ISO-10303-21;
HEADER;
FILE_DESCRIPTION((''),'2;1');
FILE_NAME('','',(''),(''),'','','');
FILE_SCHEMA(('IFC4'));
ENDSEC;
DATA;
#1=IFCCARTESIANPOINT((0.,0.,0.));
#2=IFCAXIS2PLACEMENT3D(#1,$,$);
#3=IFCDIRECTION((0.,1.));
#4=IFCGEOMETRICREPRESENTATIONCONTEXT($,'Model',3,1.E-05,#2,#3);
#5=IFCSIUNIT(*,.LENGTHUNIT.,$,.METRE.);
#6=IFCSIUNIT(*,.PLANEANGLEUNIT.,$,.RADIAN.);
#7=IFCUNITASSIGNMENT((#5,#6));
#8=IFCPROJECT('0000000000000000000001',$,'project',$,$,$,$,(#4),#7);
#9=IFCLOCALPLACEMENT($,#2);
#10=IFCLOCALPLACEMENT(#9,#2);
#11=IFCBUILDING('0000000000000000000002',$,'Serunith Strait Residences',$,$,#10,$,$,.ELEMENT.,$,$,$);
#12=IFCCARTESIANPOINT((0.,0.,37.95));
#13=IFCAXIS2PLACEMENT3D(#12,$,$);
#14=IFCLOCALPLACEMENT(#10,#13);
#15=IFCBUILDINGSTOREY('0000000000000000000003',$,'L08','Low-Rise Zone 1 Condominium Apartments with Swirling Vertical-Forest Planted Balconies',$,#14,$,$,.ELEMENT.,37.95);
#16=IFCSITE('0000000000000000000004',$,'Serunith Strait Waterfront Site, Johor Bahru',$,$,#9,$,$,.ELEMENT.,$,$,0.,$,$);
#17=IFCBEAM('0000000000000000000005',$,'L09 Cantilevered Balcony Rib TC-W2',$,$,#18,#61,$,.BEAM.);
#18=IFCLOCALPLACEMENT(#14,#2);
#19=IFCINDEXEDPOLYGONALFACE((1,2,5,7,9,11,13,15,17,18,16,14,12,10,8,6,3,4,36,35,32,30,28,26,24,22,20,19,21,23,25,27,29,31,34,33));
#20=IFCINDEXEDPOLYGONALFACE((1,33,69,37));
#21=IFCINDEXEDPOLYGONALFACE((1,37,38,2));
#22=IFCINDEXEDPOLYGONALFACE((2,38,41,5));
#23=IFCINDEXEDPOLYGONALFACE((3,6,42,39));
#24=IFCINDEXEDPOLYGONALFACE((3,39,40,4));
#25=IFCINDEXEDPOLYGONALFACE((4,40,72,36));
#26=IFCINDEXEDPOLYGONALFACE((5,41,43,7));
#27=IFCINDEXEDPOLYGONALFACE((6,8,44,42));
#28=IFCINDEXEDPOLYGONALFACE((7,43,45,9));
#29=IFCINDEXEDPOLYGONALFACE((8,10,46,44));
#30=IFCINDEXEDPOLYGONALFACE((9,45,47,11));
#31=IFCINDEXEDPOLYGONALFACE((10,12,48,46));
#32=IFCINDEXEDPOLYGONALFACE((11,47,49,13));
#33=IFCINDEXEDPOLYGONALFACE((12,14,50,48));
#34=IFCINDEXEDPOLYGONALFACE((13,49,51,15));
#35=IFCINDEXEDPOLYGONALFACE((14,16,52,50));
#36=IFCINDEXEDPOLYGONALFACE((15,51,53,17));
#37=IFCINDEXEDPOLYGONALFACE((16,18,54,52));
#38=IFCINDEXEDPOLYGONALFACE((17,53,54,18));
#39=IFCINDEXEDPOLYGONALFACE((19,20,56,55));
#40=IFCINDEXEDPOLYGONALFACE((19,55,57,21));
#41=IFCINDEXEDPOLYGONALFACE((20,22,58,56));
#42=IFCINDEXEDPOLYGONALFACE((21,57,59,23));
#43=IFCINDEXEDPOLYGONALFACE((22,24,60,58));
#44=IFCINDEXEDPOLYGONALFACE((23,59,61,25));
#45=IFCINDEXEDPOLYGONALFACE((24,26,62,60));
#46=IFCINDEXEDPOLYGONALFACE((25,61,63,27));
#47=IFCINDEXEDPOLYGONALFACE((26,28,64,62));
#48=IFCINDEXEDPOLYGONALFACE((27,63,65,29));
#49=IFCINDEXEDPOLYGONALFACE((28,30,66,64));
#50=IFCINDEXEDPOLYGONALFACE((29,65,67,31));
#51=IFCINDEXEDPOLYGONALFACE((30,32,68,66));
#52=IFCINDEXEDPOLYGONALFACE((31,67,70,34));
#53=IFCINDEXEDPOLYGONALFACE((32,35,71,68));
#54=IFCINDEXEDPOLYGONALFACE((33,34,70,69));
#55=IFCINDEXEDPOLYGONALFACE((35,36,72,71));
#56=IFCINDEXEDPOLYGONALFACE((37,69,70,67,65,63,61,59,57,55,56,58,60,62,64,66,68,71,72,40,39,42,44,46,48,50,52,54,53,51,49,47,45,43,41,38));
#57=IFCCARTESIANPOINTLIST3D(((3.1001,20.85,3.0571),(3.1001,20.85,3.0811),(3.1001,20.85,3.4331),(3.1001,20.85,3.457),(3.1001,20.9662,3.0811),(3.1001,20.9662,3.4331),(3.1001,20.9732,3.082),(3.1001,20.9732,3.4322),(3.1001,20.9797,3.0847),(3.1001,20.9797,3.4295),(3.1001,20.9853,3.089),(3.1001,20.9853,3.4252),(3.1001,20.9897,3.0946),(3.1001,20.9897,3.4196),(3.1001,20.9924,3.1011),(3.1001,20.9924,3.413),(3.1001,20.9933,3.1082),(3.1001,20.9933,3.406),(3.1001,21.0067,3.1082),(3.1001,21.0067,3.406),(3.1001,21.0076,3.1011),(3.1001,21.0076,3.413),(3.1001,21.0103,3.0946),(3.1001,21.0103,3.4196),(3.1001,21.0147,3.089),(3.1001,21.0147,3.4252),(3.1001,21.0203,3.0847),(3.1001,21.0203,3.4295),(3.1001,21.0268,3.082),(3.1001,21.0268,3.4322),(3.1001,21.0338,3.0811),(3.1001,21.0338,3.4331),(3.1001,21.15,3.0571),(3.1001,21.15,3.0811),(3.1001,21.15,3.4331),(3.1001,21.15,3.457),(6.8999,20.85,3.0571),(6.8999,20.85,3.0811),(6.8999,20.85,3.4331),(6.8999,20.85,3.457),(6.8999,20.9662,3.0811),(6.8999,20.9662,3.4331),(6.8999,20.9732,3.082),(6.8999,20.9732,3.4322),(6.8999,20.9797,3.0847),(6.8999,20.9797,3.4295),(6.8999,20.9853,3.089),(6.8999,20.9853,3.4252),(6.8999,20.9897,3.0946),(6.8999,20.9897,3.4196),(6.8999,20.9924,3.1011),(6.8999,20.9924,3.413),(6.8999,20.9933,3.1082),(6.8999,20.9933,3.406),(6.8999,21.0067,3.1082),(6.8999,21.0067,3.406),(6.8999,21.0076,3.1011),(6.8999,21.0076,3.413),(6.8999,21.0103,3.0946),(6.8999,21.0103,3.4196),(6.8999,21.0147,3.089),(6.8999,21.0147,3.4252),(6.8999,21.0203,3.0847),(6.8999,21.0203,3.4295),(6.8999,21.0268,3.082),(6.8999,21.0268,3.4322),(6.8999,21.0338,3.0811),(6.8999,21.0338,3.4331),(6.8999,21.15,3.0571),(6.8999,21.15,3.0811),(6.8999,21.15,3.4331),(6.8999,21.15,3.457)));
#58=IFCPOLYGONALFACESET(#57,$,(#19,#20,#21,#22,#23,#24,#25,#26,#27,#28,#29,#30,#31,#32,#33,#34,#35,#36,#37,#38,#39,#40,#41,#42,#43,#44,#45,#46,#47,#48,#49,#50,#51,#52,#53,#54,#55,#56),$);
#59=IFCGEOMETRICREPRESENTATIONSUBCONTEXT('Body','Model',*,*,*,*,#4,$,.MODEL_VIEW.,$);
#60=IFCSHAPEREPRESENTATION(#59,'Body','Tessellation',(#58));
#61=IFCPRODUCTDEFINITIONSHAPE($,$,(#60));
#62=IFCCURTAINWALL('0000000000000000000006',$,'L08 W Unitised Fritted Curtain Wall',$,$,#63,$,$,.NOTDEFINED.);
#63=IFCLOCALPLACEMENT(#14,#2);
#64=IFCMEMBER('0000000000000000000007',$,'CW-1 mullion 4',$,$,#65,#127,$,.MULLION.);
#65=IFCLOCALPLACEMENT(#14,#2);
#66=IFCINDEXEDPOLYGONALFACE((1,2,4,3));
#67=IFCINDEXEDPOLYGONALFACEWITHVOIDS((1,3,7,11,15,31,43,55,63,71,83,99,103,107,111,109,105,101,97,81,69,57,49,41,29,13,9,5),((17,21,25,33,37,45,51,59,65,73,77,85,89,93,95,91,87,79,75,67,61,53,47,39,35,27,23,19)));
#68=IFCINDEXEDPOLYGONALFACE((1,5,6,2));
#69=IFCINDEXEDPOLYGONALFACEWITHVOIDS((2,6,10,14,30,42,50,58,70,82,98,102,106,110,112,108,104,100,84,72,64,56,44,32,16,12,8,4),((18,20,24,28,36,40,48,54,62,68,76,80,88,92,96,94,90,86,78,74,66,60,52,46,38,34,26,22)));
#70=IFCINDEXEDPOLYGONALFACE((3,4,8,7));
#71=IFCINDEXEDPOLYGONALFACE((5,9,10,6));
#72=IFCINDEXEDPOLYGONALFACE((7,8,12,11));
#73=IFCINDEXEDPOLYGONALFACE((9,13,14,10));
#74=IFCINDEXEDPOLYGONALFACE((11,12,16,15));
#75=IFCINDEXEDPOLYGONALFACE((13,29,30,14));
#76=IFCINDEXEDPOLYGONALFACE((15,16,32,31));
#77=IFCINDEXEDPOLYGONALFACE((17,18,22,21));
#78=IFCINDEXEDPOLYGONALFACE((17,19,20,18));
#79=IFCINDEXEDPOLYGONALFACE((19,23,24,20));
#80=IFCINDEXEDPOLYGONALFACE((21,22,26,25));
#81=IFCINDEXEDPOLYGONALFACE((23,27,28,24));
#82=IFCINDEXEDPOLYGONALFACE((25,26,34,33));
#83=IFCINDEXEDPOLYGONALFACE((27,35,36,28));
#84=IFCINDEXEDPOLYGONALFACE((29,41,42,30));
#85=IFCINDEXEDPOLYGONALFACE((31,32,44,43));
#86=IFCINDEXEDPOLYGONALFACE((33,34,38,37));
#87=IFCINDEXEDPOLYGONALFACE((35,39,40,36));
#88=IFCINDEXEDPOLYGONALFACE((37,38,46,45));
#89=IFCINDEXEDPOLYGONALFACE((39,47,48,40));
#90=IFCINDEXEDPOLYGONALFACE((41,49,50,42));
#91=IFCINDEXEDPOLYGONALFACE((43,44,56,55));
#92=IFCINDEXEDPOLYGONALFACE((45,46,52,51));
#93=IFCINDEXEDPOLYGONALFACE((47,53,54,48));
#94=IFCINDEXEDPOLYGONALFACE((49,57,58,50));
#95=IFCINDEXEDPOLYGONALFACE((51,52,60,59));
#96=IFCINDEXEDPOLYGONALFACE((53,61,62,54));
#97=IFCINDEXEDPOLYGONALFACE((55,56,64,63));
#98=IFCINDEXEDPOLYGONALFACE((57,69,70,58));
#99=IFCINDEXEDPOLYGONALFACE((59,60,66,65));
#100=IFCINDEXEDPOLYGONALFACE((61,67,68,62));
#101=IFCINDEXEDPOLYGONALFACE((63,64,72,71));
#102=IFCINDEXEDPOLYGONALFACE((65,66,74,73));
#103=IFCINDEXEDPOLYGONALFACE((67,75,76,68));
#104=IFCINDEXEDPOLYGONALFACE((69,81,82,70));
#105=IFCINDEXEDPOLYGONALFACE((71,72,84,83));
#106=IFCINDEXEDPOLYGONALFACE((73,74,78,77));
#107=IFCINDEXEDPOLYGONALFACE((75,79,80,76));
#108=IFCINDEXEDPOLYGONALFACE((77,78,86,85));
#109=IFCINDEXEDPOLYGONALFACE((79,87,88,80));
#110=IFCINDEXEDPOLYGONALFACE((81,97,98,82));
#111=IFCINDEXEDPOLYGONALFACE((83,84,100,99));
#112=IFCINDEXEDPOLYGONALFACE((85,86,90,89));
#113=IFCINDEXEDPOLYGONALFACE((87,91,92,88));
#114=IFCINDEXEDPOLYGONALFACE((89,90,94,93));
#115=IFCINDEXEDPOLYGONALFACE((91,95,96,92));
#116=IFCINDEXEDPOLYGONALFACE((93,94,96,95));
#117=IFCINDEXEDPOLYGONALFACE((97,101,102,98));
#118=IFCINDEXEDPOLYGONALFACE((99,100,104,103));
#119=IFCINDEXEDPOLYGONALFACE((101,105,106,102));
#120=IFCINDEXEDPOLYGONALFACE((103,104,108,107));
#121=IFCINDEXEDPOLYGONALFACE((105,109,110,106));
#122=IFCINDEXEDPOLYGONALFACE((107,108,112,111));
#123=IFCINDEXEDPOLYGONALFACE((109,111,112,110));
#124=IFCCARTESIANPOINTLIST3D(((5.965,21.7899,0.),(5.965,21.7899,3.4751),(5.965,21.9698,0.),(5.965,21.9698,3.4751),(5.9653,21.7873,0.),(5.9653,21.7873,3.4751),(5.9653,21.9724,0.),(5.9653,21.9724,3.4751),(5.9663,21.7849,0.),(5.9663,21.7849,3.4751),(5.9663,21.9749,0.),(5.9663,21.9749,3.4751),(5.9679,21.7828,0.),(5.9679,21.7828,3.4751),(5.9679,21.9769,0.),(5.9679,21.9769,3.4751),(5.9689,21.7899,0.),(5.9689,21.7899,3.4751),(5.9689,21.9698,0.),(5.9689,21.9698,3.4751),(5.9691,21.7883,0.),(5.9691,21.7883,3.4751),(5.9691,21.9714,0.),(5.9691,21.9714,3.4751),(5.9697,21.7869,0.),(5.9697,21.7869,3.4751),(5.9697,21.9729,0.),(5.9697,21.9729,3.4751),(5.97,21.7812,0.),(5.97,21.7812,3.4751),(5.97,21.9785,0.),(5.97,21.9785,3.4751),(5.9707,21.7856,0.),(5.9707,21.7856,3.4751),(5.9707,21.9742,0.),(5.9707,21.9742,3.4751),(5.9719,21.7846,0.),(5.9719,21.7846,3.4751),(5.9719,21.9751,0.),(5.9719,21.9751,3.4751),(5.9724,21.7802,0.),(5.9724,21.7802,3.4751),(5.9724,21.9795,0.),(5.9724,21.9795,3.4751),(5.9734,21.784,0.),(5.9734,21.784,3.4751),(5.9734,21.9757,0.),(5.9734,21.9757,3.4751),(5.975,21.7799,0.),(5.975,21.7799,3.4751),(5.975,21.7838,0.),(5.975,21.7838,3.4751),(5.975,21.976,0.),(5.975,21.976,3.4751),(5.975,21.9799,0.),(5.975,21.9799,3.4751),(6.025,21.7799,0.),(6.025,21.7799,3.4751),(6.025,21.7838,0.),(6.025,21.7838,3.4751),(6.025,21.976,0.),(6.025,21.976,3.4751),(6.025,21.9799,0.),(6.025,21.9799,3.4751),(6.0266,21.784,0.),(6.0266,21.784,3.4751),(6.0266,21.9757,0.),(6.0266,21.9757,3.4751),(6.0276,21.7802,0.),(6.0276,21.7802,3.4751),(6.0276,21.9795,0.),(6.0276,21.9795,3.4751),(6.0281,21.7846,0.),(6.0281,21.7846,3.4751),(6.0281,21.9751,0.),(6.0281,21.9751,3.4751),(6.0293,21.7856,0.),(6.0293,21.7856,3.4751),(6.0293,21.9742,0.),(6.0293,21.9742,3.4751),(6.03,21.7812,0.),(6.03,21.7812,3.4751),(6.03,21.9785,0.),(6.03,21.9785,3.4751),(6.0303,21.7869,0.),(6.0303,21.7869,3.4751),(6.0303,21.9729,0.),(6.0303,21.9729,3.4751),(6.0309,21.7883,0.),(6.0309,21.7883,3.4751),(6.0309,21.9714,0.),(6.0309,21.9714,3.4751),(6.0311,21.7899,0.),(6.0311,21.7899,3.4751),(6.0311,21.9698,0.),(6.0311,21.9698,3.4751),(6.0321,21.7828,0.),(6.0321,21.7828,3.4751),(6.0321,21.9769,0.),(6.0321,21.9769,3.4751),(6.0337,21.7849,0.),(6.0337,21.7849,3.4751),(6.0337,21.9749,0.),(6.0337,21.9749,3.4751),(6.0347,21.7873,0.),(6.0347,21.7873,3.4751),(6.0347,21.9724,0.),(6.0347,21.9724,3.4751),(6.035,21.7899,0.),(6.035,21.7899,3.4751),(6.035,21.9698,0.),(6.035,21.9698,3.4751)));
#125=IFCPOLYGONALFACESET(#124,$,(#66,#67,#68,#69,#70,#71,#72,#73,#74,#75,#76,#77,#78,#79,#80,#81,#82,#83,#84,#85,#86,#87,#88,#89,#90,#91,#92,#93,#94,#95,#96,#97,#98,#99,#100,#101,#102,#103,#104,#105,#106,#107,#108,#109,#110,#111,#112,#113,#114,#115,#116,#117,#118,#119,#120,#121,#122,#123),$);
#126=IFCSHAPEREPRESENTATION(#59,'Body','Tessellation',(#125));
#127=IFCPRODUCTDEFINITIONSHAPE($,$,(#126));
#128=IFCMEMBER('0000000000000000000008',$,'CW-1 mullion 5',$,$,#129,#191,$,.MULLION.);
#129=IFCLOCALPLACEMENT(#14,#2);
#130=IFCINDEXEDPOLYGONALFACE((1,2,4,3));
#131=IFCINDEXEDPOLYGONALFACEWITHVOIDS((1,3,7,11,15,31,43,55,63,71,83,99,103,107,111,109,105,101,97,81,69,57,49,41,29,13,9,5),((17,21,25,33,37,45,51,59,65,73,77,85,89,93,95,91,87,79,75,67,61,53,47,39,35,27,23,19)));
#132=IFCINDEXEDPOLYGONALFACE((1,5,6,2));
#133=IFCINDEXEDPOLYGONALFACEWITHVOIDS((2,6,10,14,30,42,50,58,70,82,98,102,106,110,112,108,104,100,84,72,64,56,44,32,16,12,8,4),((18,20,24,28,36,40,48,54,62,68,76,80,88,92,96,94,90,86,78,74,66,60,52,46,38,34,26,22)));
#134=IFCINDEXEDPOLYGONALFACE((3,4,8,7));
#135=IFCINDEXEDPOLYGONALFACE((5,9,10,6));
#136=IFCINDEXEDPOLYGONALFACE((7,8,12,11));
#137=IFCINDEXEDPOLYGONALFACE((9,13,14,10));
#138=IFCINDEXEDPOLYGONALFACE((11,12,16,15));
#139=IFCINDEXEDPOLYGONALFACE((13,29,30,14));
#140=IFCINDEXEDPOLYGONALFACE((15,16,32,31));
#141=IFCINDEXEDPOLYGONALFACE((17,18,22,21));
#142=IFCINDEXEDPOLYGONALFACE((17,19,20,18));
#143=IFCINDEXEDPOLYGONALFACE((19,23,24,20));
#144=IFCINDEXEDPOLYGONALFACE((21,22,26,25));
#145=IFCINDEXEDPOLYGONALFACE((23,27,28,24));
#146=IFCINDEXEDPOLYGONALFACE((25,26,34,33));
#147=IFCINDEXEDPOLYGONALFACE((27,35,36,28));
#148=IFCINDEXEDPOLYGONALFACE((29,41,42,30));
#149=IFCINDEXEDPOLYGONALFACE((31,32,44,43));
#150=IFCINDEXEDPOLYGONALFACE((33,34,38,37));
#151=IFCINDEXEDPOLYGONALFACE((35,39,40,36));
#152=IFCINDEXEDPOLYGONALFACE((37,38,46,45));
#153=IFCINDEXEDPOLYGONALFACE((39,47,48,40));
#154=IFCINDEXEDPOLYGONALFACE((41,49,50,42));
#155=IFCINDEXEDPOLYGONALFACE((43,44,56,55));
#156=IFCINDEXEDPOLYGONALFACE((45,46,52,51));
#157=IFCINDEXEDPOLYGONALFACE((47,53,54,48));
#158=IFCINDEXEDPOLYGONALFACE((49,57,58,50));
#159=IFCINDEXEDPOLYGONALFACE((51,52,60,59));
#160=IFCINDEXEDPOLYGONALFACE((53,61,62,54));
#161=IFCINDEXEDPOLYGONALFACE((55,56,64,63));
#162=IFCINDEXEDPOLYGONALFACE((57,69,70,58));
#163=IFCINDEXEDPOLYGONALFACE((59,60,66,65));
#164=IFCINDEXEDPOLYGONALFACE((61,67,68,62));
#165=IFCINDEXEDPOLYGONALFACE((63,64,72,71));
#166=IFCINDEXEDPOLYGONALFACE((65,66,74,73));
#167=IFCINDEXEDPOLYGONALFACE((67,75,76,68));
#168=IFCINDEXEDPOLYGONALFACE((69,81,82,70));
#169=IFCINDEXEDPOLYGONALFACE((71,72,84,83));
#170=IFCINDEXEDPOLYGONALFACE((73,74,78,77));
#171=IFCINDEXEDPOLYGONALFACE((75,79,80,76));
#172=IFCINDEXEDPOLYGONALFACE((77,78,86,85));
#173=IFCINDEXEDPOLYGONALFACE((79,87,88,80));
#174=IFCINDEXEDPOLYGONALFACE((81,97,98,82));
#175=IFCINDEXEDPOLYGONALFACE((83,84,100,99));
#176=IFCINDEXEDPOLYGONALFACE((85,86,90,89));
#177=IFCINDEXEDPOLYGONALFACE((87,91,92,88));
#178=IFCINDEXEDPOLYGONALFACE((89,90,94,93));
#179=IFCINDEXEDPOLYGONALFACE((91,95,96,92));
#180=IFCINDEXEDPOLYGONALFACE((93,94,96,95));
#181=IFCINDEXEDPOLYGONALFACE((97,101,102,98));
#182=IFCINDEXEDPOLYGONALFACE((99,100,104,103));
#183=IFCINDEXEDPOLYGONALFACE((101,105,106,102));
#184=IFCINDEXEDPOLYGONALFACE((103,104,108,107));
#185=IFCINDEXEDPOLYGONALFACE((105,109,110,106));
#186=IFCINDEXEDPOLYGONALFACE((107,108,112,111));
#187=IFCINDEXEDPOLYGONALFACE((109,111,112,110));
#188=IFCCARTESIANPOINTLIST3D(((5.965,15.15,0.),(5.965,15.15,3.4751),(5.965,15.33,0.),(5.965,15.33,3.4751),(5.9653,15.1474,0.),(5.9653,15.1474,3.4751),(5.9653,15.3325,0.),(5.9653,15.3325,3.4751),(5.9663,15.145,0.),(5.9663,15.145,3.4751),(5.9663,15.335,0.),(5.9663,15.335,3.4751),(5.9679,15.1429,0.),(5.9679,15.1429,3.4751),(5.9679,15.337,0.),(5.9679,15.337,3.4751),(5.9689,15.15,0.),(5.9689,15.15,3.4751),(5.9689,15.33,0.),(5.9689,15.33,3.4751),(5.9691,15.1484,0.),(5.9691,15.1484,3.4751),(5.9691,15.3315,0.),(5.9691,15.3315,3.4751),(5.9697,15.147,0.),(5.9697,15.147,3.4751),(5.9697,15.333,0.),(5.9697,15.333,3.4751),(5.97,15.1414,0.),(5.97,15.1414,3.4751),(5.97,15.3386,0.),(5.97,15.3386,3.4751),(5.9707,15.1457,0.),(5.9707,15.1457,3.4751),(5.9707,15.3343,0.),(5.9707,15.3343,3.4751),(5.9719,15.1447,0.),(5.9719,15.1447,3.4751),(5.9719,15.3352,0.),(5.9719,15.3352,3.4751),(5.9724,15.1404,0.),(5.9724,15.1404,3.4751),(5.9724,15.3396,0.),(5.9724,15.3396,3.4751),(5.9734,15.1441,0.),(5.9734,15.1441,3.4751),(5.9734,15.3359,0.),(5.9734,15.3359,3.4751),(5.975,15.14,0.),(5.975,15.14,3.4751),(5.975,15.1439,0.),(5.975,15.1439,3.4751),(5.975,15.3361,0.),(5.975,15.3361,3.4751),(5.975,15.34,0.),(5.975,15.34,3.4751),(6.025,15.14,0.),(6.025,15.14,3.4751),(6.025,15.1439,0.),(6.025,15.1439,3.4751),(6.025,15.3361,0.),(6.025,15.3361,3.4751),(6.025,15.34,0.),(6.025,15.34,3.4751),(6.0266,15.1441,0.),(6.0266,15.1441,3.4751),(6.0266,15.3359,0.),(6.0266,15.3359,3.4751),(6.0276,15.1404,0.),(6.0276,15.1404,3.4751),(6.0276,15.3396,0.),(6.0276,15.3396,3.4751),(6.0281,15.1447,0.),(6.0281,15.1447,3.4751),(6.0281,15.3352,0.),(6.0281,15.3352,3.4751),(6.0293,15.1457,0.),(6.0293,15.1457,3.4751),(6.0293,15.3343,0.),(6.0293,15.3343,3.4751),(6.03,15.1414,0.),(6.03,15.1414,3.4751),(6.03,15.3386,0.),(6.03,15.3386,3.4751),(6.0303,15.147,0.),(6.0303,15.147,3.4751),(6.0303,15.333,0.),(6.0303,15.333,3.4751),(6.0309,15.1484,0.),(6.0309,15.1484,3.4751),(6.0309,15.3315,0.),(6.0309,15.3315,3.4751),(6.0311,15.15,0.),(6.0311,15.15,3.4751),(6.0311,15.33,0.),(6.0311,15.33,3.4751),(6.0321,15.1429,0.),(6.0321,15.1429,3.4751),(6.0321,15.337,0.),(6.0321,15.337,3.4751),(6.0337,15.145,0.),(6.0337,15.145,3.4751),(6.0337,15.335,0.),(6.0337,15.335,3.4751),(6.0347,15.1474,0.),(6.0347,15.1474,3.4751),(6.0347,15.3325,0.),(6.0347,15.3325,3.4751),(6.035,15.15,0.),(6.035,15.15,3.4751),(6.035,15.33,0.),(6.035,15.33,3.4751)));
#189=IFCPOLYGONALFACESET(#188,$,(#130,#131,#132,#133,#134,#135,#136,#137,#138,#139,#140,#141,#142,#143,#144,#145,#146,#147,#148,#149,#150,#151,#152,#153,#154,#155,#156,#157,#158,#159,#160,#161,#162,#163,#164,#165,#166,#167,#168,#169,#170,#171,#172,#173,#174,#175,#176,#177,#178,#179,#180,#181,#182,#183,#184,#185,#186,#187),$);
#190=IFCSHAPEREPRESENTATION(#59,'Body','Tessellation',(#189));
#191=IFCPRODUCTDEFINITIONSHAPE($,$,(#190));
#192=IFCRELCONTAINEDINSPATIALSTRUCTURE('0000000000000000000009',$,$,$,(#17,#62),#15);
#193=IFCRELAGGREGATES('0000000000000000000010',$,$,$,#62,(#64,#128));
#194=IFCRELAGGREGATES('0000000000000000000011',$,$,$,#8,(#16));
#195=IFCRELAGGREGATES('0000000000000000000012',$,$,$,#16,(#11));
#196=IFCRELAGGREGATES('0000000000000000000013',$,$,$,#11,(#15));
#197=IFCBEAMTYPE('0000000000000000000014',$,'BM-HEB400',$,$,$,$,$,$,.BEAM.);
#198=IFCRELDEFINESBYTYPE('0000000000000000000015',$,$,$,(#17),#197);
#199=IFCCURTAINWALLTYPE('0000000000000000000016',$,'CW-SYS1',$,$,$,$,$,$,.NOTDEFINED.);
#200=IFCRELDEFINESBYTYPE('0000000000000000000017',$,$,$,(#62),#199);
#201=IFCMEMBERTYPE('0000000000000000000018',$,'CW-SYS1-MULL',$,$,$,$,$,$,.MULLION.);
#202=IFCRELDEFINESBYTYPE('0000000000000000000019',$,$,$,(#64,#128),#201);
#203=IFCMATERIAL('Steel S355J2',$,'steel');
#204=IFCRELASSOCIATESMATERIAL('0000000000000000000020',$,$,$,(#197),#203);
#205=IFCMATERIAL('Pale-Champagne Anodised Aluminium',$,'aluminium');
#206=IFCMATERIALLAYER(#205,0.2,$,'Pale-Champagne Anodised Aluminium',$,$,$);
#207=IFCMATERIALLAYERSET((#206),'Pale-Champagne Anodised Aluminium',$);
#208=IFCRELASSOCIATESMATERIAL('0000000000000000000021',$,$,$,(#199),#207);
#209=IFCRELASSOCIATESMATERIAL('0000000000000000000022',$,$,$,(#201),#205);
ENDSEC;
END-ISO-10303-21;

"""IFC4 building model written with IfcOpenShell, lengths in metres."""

from ifc_helpers import new_model, si_unit, direction, frame, origin, origin_2d, place, context, subcontext, project, spatial, hollow_rectangle, i_section, extrude, source, transform, mapped, material, layer, layer_set, material_profile, profile_set, type_object, element, aggregate, save


model = new_model("IFC4")

# Units and contexts
model_context = context("Model", 3, precision=1e-05, world=origin(), true_north=direction((0.0, 1.0)))
body_context = subcontext(model_context, "Body", "Model", "MODEL_VIEW")
ifc_project = project(units=[si_unit("LENGTHUNIT", "METRE"), si_unit("PLANEANGLEUNIT", "RADIAN")], contexts=[model_context])

# Site, building, storey
site_placement = place(None, origin())
site = spatial("IfcSite", under=ifc_project, at=site_placement, Name="Serunith Strait Waterfront Site, Johor Bahru", CompositionType="ELEMENT", RefElevation=0.0)
building_placement = place(site_placement, origin())
building = spatial("IfcBuilding", under=site, at=building_placement, Name="Serunith Strait Residences", CompositionType="ELEMENT")
storey_placement = place(building_placement, frame((0.0, 0.0, 37.95)))
storey = spatial("IfcBuildingStorey", under=building, at=storey_placement, Name="L08", Description="Low-Rise Zone 1 Condominium Apartments with Swirling Vertical-Forest Planted Balconies", CompositionType="ELEMENT", Elevation=37.95)

# Beam
ifc_material_1 = material(Name="Steel S355J2", Category="steel")
ifc_material_profile_1 = material_profile(ifc_material_1, i_section(OverallWidth=0.3, OverallDepth=0.3999, WebThickness=0.0134, FlangeThickness=0.0239, FilletRadius=0.0271, at=origin_2d()), Name="HEB 400")
ifc_profile_set_1 = profile_set([ifc_material_profile_1], Name="Steel S355J2")
beam_type_1 = type_object("IfcBeamType", Name="BM-HEB400", PredefinedType="BEAM", material=ifc_profile_set_1)
shared_shape_1 = source(origin(), body_context, "Body", "SweptSolid", [
    extrude(i_section(OverallWidth=0.3, OverallDepth=0.3999, WebThickness=0.0134, FlangeThickness=0.0239, FilletRadius=0.0271, at=origin_2d()), origin(), (0.0, 0.0, 1.0), 3.7998),
])
beam_1_placement = place(storey_placement, frame((6.8999, 21.0, 3.2571), z_axis=(-1.0, 0.0, 0.0), x_axis=(0.0, -1.0, 0.0)))
element("IfcBeam", 1, at=beam_1_placement, inside=storey, type_object=beam_type_1, Name="L09 Cantilevered Balcony Rib TC-W2", PredefinedType="BEAM", context=body_context, shape_type="MappedRepresentation", body=[
    mapped(shared_shape_1, transform((0.0, 0.0, 0.0), scale=1.0)),
])

# Curtain wall, members
ifc_material_2 = material(Name="Pale-Champagne Anodised Aluminium", Category="aluminium")
ifc_layer_1 = layer(ifc_material_2, 0.2, Name="Pale-Champagne Anodised Aluminium")
ifc_layer_set_1 = layer_set([ifc_layer_1], Name="Pale-Champagne Anodised Aluminium")
curtain_wall_type = type_object("IfcCurtainWallType", Name="CW-SYS1", PredefinedType="NOTDEFINED", material=ifc_layer_set_1)
curtain_wall_placement = place(storey_placement, origin())
curtain_wall = element("IfcCurtainWall", 2, at=curtain_wall_placement, inside=storey, type_object=curtain_wall_type, Name="L08 W Unitised Fritted Curtain Wall", PredefinedType="NOTDEFINED")
ifc_material_profile_2 = material_profile(ifc_material_2, hollow_rectangle(XDim=0.0701, YDim=0.2, WallThickness=0.0039, InnerFilletRadius=0.0061, OuterFilletRadius=0.01, at=origin_2d()), Name="ALU 200x70x4")
ifc_profile_set_2 = profile_set([ifc_material_profile_2], Name="Pale-Champagne Anodised Aluminium")
member_type_1 = type_object("IfcMemberType", Name="CW-SYS1-MULL", PredefinedType="MULLION", material=ifc_profile_set_2)
shared_shape_2 = source(origin(), body_context, "Body", "SweptSolid", [
    extrude(hollow_rectangle(XDim=0.0701, YDim=0.2, WallThickness=0.0039, InnerFilletRadius=0.0061, OuterFilletRadius=0.01, at=origin_2d()), origin(), (0.0, 0.0, 1.0), 3.4751),
])
member_1_placement = place(storey_placement, frame((6.0, 21.8799, 0.0), z_axis=(0.0, 0.0, 1.0), x_axis=(1.0, 0.0, 0.0)))
member_1 = element("IfcMember", 3, at=member_1_placement, type_object=member_type_1, Name="CW-1 mullion 4", PredefinedType="MULLION", context=body_context, shape_type="MappedRepresentation", body=[
    mapped(shared_shape_2, transform((0.0, 0.0, 0.0), scale=1.0)),
])
member_2_placement = place(storey_placement, frame((6.0, 15.24, 0.0), z_axis=(0.0, 0.0, 1.0), x_axis=(1.0, 0.0, 0.0)))
member_2 = element("IfcMember", 4, at=member_2_placement, type_object=member_type_1, Name="CW-1 mullion 5", PredefinedType="MULLION", context=body_context, shape_type="MappedRepresentation", body=[
    mapped(shared_shape_2, transform((0.0, 0.0, 0.0), scale=1.0)),
])
aggregate(curtain_wall, [member_1, member_2])

save(model, "model.ifc")
